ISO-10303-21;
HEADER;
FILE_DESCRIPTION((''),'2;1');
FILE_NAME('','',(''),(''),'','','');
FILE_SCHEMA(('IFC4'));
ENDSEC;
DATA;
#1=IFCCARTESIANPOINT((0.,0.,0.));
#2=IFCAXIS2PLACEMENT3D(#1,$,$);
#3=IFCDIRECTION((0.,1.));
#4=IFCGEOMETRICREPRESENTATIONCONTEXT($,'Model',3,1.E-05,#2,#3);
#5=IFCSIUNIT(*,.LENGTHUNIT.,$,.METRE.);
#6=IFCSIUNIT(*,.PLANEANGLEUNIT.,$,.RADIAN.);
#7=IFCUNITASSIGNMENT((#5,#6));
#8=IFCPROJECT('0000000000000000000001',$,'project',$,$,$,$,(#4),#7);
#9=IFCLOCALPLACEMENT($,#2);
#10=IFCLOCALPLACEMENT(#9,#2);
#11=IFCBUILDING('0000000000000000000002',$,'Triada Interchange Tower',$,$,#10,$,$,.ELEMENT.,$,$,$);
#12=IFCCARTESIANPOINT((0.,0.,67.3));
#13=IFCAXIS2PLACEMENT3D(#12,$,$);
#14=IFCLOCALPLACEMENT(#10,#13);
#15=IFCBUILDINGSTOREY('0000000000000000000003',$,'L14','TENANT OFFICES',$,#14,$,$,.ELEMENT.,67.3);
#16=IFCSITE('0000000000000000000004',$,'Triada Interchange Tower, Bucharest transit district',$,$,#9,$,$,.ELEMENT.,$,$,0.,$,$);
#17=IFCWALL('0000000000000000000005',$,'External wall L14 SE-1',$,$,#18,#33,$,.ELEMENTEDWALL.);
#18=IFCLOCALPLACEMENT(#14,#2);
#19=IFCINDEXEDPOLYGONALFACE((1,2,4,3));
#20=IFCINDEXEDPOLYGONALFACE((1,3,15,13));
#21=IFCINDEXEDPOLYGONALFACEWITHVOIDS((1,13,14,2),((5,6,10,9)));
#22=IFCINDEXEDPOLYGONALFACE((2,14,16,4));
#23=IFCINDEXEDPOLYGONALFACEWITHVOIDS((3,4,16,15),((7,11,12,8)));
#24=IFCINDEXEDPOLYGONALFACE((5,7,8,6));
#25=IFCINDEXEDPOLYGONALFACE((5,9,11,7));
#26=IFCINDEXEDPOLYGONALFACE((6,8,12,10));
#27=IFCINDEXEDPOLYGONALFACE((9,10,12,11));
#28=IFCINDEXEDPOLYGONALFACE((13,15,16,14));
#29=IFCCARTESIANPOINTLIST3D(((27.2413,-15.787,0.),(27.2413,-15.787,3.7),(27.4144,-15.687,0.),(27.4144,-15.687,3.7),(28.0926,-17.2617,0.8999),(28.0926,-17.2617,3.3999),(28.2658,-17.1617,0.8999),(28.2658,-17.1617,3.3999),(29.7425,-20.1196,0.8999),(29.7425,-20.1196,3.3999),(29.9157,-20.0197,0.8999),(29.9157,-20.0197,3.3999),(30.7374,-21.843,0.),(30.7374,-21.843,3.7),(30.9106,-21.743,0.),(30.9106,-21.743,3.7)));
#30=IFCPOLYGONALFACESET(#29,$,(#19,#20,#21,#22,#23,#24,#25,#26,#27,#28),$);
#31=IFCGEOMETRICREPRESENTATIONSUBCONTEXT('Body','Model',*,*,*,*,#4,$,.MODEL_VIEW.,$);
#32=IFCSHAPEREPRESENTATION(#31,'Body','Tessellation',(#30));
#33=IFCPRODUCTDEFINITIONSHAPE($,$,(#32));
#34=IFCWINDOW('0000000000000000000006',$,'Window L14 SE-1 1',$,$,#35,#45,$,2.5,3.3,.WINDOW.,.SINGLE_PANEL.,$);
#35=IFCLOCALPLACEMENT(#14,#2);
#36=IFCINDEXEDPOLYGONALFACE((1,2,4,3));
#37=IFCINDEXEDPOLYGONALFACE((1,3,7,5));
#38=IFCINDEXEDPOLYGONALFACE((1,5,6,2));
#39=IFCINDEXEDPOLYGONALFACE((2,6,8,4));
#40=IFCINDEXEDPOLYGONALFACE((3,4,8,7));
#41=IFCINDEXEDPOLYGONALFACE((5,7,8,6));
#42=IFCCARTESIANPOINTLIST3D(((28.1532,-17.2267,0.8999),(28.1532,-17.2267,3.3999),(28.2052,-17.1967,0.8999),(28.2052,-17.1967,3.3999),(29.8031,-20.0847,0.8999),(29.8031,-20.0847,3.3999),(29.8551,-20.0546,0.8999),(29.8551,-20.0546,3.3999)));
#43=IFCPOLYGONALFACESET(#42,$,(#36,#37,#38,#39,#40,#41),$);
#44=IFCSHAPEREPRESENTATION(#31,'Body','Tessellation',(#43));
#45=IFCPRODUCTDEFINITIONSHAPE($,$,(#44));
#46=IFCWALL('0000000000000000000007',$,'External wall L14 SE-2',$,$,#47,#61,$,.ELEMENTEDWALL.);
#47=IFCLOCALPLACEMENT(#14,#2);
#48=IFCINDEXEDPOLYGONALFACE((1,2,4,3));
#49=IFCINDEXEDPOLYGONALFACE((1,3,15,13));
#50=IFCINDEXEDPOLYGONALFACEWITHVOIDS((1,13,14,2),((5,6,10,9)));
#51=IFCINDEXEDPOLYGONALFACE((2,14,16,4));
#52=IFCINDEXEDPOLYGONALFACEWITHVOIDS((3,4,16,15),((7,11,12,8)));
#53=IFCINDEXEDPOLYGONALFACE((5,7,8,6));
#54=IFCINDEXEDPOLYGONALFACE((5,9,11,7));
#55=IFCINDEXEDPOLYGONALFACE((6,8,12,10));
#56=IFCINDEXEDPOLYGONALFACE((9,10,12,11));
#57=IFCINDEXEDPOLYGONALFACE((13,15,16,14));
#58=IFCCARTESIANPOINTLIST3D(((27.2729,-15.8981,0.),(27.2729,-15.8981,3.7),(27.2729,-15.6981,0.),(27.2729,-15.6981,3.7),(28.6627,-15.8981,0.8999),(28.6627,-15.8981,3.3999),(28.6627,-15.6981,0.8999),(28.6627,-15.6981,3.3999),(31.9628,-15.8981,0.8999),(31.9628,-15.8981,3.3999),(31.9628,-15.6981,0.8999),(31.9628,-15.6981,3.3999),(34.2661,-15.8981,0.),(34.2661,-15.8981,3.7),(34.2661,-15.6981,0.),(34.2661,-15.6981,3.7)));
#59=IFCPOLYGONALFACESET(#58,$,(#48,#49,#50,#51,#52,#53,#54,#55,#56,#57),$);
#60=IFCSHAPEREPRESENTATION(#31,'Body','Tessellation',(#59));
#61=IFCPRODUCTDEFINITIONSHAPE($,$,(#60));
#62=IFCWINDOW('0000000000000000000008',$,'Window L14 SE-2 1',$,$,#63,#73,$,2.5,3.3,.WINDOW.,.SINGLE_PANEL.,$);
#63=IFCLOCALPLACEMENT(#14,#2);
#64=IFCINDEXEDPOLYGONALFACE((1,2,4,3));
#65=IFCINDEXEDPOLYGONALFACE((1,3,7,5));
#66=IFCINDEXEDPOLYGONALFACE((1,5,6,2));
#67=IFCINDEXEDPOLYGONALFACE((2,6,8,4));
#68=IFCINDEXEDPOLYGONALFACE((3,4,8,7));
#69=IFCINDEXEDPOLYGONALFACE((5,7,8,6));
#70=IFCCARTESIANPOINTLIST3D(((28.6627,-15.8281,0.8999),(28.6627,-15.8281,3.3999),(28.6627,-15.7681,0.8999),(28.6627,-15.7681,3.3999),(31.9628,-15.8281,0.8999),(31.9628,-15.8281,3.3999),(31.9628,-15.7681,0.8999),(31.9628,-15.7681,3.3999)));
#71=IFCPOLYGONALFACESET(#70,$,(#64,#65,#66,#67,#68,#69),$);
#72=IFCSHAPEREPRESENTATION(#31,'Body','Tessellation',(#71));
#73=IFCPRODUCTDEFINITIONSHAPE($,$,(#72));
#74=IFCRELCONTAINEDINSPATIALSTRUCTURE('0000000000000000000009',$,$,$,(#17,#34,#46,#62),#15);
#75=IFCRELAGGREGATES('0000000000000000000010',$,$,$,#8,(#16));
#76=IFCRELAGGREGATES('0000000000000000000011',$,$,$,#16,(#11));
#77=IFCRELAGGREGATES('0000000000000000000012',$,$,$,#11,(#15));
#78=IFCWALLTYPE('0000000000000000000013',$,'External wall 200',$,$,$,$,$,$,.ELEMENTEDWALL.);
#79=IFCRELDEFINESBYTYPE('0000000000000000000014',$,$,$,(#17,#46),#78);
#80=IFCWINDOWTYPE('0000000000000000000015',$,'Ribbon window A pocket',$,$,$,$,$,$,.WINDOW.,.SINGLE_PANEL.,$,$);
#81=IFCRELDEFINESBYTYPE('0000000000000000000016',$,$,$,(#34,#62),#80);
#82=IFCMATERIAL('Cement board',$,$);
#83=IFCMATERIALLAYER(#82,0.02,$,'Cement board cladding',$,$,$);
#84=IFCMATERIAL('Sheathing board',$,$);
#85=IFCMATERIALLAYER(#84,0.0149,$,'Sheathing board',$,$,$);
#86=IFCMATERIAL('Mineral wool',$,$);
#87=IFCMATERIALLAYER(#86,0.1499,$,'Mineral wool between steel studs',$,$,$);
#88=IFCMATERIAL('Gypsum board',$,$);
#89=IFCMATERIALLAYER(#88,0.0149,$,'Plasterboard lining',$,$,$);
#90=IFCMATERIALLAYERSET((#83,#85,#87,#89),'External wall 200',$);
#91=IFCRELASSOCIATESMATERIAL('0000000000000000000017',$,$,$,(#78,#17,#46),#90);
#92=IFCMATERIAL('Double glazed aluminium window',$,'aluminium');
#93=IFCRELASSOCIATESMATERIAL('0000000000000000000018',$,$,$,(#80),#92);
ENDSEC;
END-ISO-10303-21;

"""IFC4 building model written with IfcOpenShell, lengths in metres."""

from ifc_helpers import new_model, si_unit, direction, frame, frame_2d, origin, place, context, subcontext, project, spatial, rectangle, extrude, material, layer, layer_set, layer_usage, type_object, element, fill, save


model = new_model("IFC4")

# Units and contexts
model_context = context("Model", 3, precision=1e-05, world=origin(), true_north=direction((0.0, 1.0)))
body_context = subcontext(model_context, "Body", "Model", "MODEL_VIEW")
ifc_project = project(units=[si_unit("LENGTHUNIT", "METRE"), si_unit("PLANEANGLEUNIT", "RADIAN")], contexts=[model_context])

# Site, building, storey
site_placement = place(None, origin())
site = spatial("IfcSite", under=ifc_project, at=site_placement, Name="Triada Interchange Tower, Bucharest transit district", CompositionType="ELEMENT", RefElevation=0.0)
building_placement = place(site_placement, origin())
building = spatial("IfcBuilding", under=site, at=building_placement, Name="Triada Interchange Tower", CompositionType="ELEMENT")
storey_placement = place(building_placement, frame((0.0, 0.0, 67.3)))
storey = spatial("IfcBuildingStorey", under=building, at=storey_placement, Name="L14", Description="TENANT OFFICES", CompositionType="ELEMENT", Elevation=67.3)

# Walls, openings, windows
ifc_material_1 = material(Name="Cement board")
ifc_layer_1 = layer(ifc_material_1, 0.02, Name="Cement board cladding")
ifc_material_2 = material(Name="Sheathing board")
ifc_layer_2 = layer(ifc_material_2, 0.0149, Name="Sheathing board")
ifc_material_3 = material(Name="Mineral wool")
ifc_layer_3 = layer(ifc_material_3, 0.1499, Name="Mineral wool between steel studs")
ifc_material_4 = material(Name="Gypsum board")
ifc_layer_4 = layer(ifc_material_4, 0.0149, Name="Plasterboard lining")
ifc_layer_set_1 = layer_set([ifc_layer_1, ifc_layer_2, ifc_layer_3, ifc_layer_4], Name="External wall 200")
ifc_layer_usage = layer_usage(ifc_layer_set_1, "AXIS2", "POSITIVE", -0.1001)
wall_type = type_object("IfcWallType", Name="External wall 200", PredefinedType="ELEMENTEDWALL", material=ifc_layer_set_1)
wall_1_placement = place(storey_placement, frame((30.824, -21.793, 0.0), z_axis=(0.0, 0.0, 1.0), x_axis=(-0.499969, 0.866043, 0.0)))
wall_1 = element("IfcWall", 1, at=wall_1_placement, inside=storey, type_object=wall_type, material=ifc_layer_usage, Name="External wall L14 SE-1", PredefinedType="ELEMENTEDWALL", context=body_context, shape_type="SweptSolid", body=[
    extrude(rectangle(XDim=6.9927, YDim=0.2, at=frame_2d((3.4963, 0.0))), origin(), (0.0, 0.0, 1.0), 3.7),
])
opening_1_placement = place(wall_1_placement, frame((1.99, 0.0, 0.8999)))
opening_1 = element("IfcOpeningElement", 2, at=opening_1_placement, cuts=wall_1, PredefinedType="OPENING", context=body_context, shape_type="SweptSolid", body=[
    extrude(rectangle(XDim=3.3, YDim=2.5, at=frame_2d((1.6499, 1.25))), frame((0.0, 0.1099, 0.0), z_axis=(0.0, -1.0, 0.0), x_axis=(1.0, 0.0, 0.0)), (0.0, 0.0, 1.0), 0.22),
])
ifc_material_5 = material(Name="Double glazed aluminium window", Category="aluminium")
window_type_1 = type_object("IfcWindowType", Name="Ribbon window A pocket", PartitioningType="SINGLE_PANEL", PredefinedType="WINDOW", material=ifc_material_5)
window_1_placement = place(opening_1_placement, origin())
window_1 = element("IfcWindow", 3, at=window_1_placement, inside=storey, type_object=window_type_1, Name="Window L14 SE-1 1", OverallHeight=2.5, OverallWidth=3.3, PartitioningType="SINGLE_PANEL", PredefinedType="WINDOW", context=body_context, shape_type="SweptSolid", body=[
    extrude(rectangle(XDim=3.3, YDim=2.5, at=frame_2d((1.6499, 1.25))), frame((0.0, 0.03, 0.0), z_axis=(0.0, -1.0, 0.0), x_axis=(1.0, 0.0, 0.0)), (0.0, 0.0, 1.0), 0.0601),
])
fill(opening_1, window_1)
wall_2_placement = place(storey_placement, frame((27.2729, -15.7981, 0.0), z_axis=(0.0, 0.0, 1.0), x_axis=(1.0, 0.0, 0.0)))
wall_2 = element("IfcWall", 4, at=wall_2_placement, inside=storey, type_object=wall_type, material=ifc_layer_usage, Name="External wall L14 SE-2", PredefinedType="ELEMENTEDWALL", context=body_context, shape_type="SweptSolid", body=[
    extrude(rectangle(XDim=6.9932, YDim=0.2, at=frame_2d((3.4966, 0.0))), origin(), (0.0, 0.0, 1.0), 3.7),
])
opening_2_placement = place(wall_2_placement, frame((1.3899, 0.0, 0.8999)))
opening_2 = element("IfcOpeningElement", 5, at=opening_2_placement, cuts=wall_2, PredefinedType="OPENING", context=body_context, shape_type="SweptSolid", body=[
    extrude(rectangle(XDim=3.3, YDim=2.5, at=frame_2d((1.6499, 1.25))), frame((0.0, 0.1099, 0.0), z_axis=(0.0, -1.0, 0.0), x_axis=(1.0, 0.0, 0.0)), (0.0, 0.0, 1.0), 0.22),
])
window_2_placement = place(opening_2_placement, origin())
window_2 = element("IfcWindow", 6, at=window_2_placement, inside=storey, type_object=window_type_1, Name="Window L14 SE-2 1", OverallHeight=2.5, OverallWidth=3.3, PartitioningType="SINGLE_PANEL", PredefinedType="WINDOW", context=body_context, shape_type="SweptSolid", body=[
    extrude(rectangle(XDim=3.3, YDim=2.5, at=frame_2d((1.6499, 1.25))), frame((0.0, 0.03, 0.0), z_axis=(0.0, -1.0, 0.0), x_axis=(1.0, 0.0, 0.0)), (0.0, 0.0, 1.0), 0.0601),
])
fill(opening_2, window_2)

save(model, "model.ifc")
